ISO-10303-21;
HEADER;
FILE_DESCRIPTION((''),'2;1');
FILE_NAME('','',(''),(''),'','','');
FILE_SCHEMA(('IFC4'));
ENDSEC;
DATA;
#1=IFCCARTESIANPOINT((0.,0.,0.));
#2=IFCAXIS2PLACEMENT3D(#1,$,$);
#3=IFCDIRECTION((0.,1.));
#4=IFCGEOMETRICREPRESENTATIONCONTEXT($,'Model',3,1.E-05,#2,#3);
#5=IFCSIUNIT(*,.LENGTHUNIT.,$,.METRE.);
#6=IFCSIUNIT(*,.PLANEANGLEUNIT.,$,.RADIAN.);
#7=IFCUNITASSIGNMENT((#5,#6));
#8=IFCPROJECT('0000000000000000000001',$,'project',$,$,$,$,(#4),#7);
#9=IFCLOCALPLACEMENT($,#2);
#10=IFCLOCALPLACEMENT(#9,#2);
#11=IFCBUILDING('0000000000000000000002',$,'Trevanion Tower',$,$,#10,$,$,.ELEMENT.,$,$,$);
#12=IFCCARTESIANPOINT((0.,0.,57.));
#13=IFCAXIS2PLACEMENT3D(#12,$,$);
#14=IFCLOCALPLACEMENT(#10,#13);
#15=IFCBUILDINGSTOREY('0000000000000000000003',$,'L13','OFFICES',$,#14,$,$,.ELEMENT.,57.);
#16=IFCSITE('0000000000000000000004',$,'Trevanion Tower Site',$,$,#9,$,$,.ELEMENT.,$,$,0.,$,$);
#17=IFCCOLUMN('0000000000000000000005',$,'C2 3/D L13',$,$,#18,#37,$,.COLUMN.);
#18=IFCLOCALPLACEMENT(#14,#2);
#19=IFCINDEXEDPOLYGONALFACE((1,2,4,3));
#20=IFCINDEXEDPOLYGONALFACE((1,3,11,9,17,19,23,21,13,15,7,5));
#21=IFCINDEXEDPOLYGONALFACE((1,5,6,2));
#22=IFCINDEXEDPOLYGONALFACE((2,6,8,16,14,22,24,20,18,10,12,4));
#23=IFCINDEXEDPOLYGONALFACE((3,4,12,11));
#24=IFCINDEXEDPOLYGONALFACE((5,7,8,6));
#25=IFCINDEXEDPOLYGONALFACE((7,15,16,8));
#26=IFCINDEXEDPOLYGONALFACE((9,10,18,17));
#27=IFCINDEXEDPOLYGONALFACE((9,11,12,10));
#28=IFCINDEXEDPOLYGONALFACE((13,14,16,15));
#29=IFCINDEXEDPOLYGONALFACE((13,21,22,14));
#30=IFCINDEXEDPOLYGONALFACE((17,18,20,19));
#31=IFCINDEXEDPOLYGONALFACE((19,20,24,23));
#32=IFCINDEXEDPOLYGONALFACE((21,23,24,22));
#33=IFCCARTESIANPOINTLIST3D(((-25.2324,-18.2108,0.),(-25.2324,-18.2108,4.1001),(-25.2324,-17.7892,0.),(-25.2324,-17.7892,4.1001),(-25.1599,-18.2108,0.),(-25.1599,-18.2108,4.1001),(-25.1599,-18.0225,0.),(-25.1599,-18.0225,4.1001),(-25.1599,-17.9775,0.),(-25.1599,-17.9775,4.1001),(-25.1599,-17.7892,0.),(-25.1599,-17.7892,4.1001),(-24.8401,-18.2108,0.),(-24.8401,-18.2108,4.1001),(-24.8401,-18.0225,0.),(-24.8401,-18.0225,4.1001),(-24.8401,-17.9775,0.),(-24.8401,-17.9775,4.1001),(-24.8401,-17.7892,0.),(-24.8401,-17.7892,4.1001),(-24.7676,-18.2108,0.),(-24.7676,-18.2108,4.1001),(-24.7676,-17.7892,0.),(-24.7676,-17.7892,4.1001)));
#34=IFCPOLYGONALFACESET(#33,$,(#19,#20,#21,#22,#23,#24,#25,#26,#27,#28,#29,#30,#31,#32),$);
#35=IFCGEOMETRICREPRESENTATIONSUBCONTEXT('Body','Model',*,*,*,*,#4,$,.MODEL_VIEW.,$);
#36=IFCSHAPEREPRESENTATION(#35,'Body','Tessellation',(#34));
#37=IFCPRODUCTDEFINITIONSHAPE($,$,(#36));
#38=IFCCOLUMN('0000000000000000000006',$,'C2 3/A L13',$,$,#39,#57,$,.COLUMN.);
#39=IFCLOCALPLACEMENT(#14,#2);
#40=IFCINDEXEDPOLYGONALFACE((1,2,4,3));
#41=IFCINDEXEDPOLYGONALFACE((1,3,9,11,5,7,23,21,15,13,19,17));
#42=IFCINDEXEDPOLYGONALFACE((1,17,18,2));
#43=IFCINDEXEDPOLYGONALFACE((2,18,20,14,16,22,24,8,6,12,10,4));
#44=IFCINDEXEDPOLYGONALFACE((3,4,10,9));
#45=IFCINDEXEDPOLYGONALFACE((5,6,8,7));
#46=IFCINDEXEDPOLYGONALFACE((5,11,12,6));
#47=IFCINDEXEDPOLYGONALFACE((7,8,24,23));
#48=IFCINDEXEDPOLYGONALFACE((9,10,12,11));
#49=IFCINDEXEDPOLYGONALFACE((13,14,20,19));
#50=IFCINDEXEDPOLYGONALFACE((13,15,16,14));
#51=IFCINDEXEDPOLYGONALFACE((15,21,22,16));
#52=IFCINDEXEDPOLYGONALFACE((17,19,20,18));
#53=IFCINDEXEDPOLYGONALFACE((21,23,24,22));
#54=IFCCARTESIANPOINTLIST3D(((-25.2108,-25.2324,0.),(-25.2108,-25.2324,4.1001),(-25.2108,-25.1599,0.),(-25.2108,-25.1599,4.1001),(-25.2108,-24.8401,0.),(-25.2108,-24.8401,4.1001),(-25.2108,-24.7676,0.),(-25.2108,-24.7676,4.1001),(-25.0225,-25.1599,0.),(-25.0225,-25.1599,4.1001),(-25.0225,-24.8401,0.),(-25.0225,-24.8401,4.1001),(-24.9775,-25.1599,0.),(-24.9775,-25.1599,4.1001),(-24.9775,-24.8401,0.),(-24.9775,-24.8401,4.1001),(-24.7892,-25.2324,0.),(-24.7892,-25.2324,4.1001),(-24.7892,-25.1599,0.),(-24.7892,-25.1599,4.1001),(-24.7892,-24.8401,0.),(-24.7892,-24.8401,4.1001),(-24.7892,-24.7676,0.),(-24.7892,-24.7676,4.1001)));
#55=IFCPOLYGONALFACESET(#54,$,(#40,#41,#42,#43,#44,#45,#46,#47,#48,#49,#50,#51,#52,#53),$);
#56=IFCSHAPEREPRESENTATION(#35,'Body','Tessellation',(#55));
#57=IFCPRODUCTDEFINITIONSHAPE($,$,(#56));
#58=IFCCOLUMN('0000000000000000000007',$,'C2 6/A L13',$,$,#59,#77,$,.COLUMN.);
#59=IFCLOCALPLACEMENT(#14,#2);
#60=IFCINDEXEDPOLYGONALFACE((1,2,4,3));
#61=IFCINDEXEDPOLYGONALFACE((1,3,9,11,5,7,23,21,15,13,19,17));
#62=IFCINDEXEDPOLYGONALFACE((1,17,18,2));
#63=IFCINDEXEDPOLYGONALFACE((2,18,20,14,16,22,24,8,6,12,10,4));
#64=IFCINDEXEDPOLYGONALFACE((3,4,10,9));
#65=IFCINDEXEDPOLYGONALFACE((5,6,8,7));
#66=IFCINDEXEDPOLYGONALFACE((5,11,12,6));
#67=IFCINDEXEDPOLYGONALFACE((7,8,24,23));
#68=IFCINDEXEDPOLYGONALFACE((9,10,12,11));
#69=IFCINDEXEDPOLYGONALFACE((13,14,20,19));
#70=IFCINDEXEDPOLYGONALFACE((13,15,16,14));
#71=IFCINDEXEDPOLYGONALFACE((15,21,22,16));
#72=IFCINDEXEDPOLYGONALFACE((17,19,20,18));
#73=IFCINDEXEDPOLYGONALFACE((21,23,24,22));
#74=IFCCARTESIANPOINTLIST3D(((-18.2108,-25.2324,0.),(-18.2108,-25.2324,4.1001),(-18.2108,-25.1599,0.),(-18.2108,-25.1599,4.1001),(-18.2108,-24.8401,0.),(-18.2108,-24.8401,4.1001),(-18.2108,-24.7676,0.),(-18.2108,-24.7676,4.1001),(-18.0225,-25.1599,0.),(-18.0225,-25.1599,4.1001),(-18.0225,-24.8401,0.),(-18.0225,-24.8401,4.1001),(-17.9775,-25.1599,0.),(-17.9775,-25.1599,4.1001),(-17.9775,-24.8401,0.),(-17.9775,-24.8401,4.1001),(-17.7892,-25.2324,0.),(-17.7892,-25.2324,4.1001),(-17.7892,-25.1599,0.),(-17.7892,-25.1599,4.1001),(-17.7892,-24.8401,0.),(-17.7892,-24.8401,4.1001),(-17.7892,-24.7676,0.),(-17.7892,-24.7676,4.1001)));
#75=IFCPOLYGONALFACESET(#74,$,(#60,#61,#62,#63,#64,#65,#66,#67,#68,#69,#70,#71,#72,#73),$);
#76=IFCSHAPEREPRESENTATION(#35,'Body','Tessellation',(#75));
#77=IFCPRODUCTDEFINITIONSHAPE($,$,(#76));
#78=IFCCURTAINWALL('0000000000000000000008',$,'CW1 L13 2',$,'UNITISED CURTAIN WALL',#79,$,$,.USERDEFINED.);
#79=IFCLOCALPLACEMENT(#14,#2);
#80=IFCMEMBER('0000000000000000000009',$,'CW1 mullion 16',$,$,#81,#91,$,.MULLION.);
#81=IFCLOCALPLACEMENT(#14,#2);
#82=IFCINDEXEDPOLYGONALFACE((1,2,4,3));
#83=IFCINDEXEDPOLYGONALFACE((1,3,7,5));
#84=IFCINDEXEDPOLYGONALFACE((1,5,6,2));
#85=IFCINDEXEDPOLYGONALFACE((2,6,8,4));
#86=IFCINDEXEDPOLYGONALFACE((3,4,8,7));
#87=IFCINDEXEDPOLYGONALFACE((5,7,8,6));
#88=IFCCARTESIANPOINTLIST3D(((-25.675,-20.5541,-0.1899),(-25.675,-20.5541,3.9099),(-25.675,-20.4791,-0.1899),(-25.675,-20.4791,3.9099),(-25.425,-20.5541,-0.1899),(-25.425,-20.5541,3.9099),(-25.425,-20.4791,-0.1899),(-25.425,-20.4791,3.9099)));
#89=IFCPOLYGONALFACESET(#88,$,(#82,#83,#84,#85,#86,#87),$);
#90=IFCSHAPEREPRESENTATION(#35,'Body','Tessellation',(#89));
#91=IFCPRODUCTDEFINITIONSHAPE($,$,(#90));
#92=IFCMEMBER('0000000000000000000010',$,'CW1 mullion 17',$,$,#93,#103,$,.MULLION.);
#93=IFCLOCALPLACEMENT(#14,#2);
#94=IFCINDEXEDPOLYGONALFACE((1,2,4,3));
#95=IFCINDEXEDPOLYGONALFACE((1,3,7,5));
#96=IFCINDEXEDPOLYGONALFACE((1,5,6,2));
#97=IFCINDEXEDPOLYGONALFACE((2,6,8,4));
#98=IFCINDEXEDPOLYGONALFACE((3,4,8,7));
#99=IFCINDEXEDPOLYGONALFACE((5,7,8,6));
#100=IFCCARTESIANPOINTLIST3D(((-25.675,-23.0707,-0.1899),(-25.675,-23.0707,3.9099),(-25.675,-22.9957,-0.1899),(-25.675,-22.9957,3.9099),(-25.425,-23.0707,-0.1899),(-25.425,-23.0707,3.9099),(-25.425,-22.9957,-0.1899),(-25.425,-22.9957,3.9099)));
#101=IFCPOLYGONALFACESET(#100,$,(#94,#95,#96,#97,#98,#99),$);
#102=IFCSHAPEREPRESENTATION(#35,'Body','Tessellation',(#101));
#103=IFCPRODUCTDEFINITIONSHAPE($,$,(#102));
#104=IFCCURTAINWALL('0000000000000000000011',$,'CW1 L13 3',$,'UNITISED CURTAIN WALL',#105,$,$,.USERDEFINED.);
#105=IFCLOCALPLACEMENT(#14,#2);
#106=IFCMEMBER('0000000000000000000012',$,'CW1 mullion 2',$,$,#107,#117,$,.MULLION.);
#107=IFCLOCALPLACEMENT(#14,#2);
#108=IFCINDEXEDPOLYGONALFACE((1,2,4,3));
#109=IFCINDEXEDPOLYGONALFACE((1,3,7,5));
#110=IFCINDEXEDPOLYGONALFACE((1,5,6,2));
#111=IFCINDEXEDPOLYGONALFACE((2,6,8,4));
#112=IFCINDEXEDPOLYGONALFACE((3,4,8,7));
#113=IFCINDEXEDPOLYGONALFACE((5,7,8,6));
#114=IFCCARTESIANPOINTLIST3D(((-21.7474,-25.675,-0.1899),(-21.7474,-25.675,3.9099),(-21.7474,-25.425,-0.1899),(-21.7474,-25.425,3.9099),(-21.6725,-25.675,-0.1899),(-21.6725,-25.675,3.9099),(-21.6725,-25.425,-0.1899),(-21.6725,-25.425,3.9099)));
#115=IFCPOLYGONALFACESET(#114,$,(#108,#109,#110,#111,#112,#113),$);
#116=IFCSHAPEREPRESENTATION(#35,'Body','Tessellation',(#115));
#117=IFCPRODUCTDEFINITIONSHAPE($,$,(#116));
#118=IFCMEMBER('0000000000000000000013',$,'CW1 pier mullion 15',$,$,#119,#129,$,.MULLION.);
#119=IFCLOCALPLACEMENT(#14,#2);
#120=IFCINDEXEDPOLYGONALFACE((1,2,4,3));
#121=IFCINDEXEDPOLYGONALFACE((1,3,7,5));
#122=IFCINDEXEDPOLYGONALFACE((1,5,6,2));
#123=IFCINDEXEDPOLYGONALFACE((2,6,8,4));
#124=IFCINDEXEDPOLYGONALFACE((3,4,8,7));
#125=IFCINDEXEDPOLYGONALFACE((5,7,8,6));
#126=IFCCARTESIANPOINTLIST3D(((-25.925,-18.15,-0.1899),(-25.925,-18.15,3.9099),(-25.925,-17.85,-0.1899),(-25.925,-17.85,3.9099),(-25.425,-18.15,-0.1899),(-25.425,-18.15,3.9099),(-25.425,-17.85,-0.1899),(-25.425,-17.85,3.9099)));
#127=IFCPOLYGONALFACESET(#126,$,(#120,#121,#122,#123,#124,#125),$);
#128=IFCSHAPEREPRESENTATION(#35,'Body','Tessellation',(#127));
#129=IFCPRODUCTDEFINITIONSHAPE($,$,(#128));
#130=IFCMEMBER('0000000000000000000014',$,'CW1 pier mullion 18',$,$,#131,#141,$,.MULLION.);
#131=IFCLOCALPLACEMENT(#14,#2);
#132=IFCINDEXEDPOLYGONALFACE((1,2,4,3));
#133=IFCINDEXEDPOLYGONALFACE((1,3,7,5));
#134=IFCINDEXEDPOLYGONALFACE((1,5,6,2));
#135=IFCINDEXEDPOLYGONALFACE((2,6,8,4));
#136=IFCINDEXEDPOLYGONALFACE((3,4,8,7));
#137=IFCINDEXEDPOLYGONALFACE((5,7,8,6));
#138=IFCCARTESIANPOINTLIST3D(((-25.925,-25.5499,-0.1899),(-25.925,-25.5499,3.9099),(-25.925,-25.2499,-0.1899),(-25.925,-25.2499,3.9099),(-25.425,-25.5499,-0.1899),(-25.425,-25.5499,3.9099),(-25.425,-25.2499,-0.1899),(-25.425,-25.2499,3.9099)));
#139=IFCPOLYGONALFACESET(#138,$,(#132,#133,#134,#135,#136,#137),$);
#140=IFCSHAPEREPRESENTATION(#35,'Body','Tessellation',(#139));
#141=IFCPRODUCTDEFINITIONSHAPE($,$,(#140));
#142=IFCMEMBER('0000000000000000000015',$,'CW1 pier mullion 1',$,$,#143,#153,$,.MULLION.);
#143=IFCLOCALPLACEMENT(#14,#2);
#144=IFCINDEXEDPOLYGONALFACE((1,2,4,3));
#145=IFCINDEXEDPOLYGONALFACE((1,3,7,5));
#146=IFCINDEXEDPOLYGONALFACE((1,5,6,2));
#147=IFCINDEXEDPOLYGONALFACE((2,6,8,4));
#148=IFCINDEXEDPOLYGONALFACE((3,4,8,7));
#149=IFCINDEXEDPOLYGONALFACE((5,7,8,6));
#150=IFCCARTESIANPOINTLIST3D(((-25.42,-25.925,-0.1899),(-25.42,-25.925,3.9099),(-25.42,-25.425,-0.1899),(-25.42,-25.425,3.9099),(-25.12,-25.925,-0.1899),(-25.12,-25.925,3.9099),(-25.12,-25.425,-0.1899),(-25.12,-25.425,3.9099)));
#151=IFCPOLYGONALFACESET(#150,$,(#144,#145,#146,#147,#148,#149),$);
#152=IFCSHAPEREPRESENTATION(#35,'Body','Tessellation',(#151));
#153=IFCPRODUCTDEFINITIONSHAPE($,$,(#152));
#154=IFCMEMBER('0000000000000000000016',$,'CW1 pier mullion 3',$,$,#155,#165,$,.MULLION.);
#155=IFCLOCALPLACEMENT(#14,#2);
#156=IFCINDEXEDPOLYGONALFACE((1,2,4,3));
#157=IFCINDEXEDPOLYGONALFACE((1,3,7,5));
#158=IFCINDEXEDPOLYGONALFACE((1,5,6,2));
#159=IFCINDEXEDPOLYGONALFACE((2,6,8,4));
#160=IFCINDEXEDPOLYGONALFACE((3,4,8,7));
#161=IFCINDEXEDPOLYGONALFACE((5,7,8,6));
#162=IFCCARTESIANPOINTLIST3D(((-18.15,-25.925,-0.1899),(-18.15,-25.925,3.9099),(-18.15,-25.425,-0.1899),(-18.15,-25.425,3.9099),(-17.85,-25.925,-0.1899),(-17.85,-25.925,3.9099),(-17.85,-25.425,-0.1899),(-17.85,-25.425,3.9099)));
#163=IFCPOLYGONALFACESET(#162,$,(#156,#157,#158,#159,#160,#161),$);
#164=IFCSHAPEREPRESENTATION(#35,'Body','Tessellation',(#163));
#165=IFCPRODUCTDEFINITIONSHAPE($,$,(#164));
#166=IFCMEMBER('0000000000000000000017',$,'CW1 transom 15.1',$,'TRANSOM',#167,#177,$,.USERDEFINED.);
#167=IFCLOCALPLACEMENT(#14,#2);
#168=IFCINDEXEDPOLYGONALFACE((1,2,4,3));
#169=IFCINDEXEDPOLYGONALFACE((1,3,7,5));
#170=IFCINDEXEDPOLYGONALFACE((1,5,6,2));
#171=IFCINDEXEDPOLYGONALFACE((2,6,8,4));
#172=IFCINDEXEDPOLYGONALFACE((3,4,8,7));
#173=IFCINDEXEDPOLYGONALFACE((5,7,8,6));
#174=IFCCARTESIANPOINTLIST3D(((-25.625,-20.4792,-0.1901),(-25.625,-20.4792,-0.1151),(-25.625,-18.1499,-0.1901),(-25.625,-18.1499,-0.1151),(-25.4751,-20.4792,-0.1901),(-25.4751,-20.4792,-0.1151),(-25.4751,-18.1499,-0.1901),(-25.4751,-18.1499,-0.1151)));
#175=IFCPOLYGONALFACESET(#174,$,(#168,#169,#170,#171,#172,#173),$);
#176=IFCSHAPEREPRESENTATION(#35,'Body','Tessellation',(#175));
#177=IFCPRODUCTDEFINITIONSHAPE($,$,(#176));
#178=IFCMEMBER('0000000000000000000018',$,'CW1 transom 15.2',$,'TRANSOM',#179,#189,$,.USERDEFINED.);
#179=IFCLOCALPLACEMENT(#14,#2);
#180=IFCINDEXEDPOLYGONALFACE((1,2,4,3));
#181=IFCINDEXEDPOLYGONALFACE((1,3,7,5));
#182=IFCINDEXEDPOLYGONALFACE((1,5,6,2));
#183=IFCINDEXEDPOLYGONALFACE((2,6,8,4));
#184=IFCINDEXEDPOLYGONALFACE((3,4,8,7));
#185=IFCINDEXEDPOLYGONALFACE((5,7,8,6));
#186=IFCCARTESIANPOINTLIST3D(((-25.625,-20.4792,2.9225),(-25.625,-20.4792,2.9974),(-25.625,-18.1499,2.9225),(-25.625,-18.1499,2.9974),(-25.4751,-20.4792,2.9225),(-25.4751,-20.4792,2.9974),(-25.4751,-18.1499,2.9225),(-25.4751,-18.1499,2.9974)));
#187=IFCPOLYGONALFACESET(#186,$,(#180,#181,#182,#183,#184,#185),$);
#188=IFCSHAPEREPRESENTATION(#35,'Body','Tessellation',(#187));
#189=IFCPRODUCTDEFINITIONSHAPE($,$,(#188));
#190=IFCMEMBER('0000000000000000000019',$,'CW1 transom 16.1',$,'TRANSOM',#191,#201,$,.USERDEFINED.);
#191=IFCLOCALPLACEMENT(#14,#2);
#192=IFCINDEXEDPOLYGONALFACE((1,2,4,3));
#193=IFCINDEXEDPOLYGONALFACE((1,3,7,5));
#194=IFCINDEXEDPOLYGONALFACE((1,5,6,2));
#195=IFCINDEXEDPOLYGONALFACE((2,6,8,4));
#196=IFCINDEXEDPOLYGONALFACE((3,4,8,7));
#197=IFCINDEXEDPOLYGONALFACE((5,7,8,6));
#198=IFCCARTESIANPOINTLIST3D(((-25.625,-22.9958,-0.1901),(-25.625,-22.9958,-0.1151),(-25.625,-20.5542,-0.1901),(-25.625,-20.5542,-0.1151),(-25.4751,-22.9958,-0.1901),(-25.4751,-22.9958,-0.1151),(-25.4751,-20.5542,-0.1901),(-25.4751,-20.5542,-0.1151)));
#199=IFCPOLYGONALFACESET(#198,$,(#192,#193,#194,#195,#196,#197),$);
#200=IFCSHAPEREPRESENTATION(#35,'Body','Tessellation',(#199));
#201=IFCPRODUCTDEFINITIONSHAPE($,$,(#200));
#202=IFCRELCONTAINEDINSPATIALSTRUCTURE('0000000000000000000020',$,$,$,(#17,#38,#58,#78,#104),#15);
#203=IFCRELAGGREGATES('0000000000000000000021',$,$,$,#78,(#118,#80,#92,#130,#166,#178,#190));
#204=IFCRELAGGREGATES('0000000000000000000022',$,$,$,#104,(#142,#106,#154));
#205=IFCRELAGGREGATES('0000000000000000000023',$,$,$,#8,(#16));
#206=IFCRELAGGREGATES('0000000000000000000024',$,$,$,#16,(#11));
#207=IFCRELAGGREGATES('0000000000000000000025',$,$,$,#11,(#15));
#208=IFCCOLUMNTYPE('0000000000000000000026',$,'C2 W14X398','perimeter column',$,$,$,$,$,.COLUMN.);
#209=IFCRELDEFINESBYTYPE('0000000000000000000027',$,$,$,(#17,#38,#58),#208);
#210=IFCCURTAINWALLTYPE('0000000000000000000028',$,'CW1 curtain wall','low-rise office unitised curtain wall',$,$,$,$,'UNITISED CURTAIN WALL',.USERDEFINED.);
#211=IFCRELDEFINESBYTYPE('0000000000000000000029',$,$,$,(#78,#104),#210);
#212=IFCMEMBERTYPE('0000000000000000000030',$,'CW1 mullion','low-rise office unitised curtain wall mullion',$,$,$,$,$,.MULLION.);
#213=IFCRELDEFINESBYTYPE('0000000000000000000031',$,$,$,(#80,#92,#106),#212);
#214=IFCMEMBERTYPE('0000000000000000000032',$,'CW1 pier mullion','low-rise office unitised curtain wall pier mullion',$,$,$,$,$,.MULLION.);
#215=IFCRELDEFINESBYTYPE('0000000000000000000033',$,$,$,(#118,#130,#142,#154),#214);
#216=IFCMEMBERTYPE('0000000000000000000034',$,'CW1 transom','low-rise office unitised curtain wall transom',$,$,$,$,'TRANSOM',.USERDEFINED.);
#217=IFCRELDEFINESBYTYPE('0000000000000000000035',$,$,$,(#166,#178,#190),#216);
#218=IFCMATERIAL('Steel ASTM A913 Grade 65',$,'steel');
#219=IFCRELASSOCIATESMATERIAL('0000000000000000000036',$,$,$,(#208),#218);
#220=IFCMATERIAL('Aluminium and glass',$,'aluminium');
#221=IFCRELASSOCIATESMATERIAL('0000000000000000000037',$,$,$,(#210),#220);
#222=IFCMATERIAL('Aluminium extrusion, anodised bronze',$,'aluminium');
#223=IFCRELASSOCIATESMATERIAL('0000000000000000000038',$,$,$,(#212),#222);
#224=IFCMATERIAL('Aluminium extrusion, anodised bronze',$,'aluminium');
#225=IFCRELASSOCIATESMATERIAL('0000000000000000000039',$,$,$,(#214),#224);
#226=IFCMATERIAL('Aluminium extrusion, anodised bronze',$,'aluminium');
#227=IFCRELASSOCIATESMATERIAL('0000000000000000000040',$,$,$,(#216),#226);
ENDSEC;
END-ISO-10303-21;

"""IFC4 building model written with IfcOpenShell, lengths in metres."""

from ifc_helpers import new_model, si_unit, direction, frame, origin, origin_2d, place, context, subcontext, project, spatial, rectangle, i_section, extrude, material, material_profile, profile_set, type_object, element, aggregate, save


model = new_model("IFC4")

# Units and contexts
model_context = context("Model", 3, precision=1e-05, world=origin(), true_north=direction((0.0, 1.0)))
body_context = subcontext(model_context, "Body", "Model", "MODEL_VIEW")
ifc_project = project(units=[si_unit("LENGTHUNIT", "METRE"), si_unit("PLANEANGLEUNIT", "RADIAN")], contexts=[model_context])

# Site, building, storey
site_placement = place(None, origin())
site = spatial("IfcSite", under=ifc_project, at=site_placement, Name="Trevanion Tower Site", CompositionType="ELEMENT", RefElevation=0.0)
building_placement = place(site_placement, origin())
building = spatial("IfcBuilding", under=site, at=building_placement, Name="Trevanion Tower", CompositionType="ELEMENT")
storey_placement = place(building_placement, frame((0.0, 0.0, 57.0)))
storey = spatial("IfcBuildingStorey", under=building, at=storey_placement, Name="L13", Description="OFFICES", CompositionType="ELEMENT", Elevation=57.0)

# Columns
ifc_material_1 = material(Name="Steel ASTM A913 Grade 65", Category="steel")
ifc_material_profile_1 = material_profile(ifc_material_1, i_section(OverallWidth=0.4216, OverallDepth=0.4648, WebThickness=0.0449, FlangeThickness=0.0725, at=origin_2d()), Name="W14X398")
ifc_profile_set_1 = profile_set([ifc_material_profile_1], Name="Steel ASTM A913 Grade 65")
column_type = type_object("IfcColumnType", Name="C2 W14X398", Description="perimeter column", PredefinedType="COLUMN", material=ifc_profile_set_1)
for number, where, z_axis, x_axis, name in (
    (1, (-25.0, -18.0, 0.0), (0.0, 0.0, 1.0), (0.0, 1.0, 0.0), "C2 3/D L13"),
    (2, (-25.0, -25.0, 0.0), (0.0, 0.0, 1.0), (1.0, 0.0, 0.0), "C2 3/A L13"),
    (3, (-18.0, -25.0, 0.0), (0.0, 0.0, 1.0), (1.0, 0.0, 0.0), "C2 6/A L13"),
):
    element("IfcColumn", number, at=place(storey_placement, frame(where, z_axis=z_axis, x_axis=x_axis)), inside=storey, type_object=column_type, Name=name, PredefinedType="COLUMN", context=body_context, shape_type="SweptSolid", body=[
        extrude(i_section(OverallWidth=0.4216, OverallDepth=0.4648, WebThickness=0.0449, FlangeThickness=0.0725, at=origin_2d()), origin(), (0.0, 0.0, 1.0), 4.1001),
    ])

# Curtain wall, members
ifc_material_2 = material(Name="Aluminium and glass", Category="aluminium")
curtain_wall_type = type_object("IfcCurtainWallType", Name="CW1 curtain wall", Description="low-rise office unitised curtain wall", ElementType="UNITISED CURTAIN WALL", PredefinedType="USERDEFINED", material=ifc_material_2)
curtain_wall_1_placement = place(storey_placement, origin())
curtain_wall_1 = element("IfcCurtainWall", 4, at=curtain_wall_1_placement, inside=storey, type_object=curtain_wall_type, Name="CW1 L13 2", ObjectType="UNITISED CURTAIN WALL", PredefinedType="USERDEFINED")
ifc_material_3 = material(Name="Aluminium extrusion, anodised bronze", Category="aluminium")
ifc_material_profile_2 = material_profile(ifc_material_3, rectangle(XDim=0.075, YDim=0.25, at=origin_2d()), Name="CW1 mullion")
ifc_profile_set_2 = profile_set([ifc_material_profile_2], Name="Aluminium extrusion, anodised bronze")
member_type_1 = type_object("IfcMemberType", Name="CW1 mullion", Description="low-rise office unitised curtain wall mullion", PredefinedType="MULLION", material=ifc_profile_set_2)
member_1_placement = place(storey_placement, frame((-25.55, -20.5166, -0.1899), z_axis=(0.0, 0.0, 1.0), x_axis=(0.0, -1.0, 0.0)))
member_1 = element("IfcMember", 5, at=member_1_placement, type_object=member_type_1, Name="CW1 mullion 16", PredefinedType="MULLION", context=body_context, shape_type="SweptSolid", body=[
    extrude(rectangle(XDim=0.075, YDim=0.25, at=origin_2d()), origin(), (0.0, 0.0, 1.0), 4.0999),
])
member_2_placement = place(storey_placement, frame((-25.55, -23.0332, -0.1899), z_axis=(0.0, 0.0, 1.0), x_axis=(0.0, -1.0, 0.0)))
member_2 = element("IfcMember", 6, at=member_2_placement, type_object=member_type_1, Name="CW1 mullion 17", PredefinedType="MULLION", context=body_context, shape_type="SweptSolid", body=[
    extrude(rectangle(XDim=0.075, YDim=0.25, at=origin_2d()), origin(), (0.0, 0.0, 1.0), 4.0999),
])

# Curtain wall, member
curtain_wall_2_placement = place(storey_placement, origin())
curtain_wall_2 = element("IfcCurtainWall", 7, at=curtain_wall_2_placement, inside=storey, type_object=curtain_wall_type, Name="CW1 L13 3", ObjectType="UNITISED CURTAIN WALL", PredefinedType="USERDEFINED")
member_3_placement = place(storey_placement, frame((-21.71, -25.55, -0.1899), z_axis=(0.0, 0.0, 1.0), x_axis=(1.0, 0.0, 0.0)))
member_3 = element("IfcMember", 8, at=member_3_placement, type_object=member_type_1, Name="CW1 mullion 2", PredefinedType="MULLION", context=body_context, shape_type="SweptSolid", body=[
    extrude(rectangle(XDim=0.075, YDim=0.25, at=origin_2d()), origin(), (0.0, 0.0, 1.0), 4.0999),
])

# Members
ifc_material_4 = material(Name="Aluminium extrusion, anodised bronze", Category="aluminium")
ifc_material_profile_3 = material_profile(ifc_material_4, rectangle(XDim=0.3, YDim=0.5, at=origin_2d()), Name="CW1 pier mullion")
ifc_profile_set_3 = profile_set([ifc_material_profile_3], Name="Aluminium extrusion, anodised bronze")
member_type_2 = type_object("IfcMemberType", Name="CW1 pier mullion", Description="low-rise office unitised curtain wall pier mullion", PredefinedType="MULLION", material=ifc_profile_set_3)
member_4_placement = place(storey_placement, frame((-25.675, -18.0, -0.1899), z_axis=(0.0, 0.0, 1.0), x_axis=(0.0, -1.0, 0.0)))
member_4 = element("IfcMember", 9, at=member_4_placement, type_object=member_type_2, Name="CW1 pier mullion 15", PredefinedType="MULLION", context=body_context, shape_type="SweptSolid", body=[
    extrude(rectangle(XDim=0.3, YDim=0.5, at=origin_2d()), origin(), (0.0, 0.0, 1.0), 4.0999),
])
member_5_placement = place(storey_placement, frame((-25.675, -25.3999, -0.1899), z_axis=(0.0, 0.0, 1.0), x_axis=(0.0, -1.0, 0.0)))
member_5 = element("IfcMember", 10, at=member_5_placement, type_object=member_type_2, Name="CW1 pier mullion 18", PredefinedType="MULLION", context=body_context, shape_type="SweptSolid", body=[
    extrude(rectangle(XDim=0.3, YDim=0.5, at=origin_2d()), origin(), (0.0, 0.0, 1.0), 4.0999),
])
member_6_placement = place(storey_placement, frame((-25.27, -25.675, -0.1899), z_axis=(0.0, 0.0, 1.0), x_axis=(1.0, 0.0, 0.0)))
member_6 = element("IfcMember", 11, at=member_6_placement, type_object=member_type_2, Name="CW1 pier mullion 1", PredefinedType="MULLION", context=body_context, shape_type="SweptSolid", body=[
    extrude(rectangle(XDim=0.3, YDim=0.5, at=origin_2d()), origin(), (0.0, 0.0, 1.0), 4.0999),
])
member_7_placement = place(storey_placement, frame((-18.0, -25.675, -0.1899), z_axis=(0.0, 0.0, 1.0), x_axis=(1.0, 0.0, 0.0)))
member_7 = element("IfcMember", 12, at=member_7_placement, type_object=member_type_2, Name="CW1 pier mullion 3", PredefinedType="MULLION", context=body_context, shape_type="SweptSolid", body=[
    extrude(rectangle(XDim=0.3, YDim=0.5, at=origin_2d()), origin(), (0.0, 0.0, 1.0), 4.0999),
])
ifc_material_5 = material(Name="Aluminium extrusion, anodised bronze", Category="aluminium")
ifc_material_profile_4 = material_profile(ifc_material_5, rectangle(XDim=0.1499, YDim=0.075, at=origin_2d()), Name="CW1 transom")
ifc_profile_set_4 = profile_set([ifc_material_profile_4], Name="Aluminium extrusion, anodised bronze")
member_type_3 = type_object("IfcMemberType", Name="CW1 transom", Description="low-rise office unitised curtain wall transom", ElementType="TRANSOM", PredefinedType="USERDEFINED", material=ifc_profile_set_4)
member_8_placement = place(storey_placement, frame((-25.55, -18.1499, -0.1526), z_axis=(0.0, -1.0, 0.0), x_axis=(1.0, 0.0, 0.0)))
member_8 = element("IfcMember", 13, at=member_8_placement, type_object=member_type_3, Name="CW1 transom 15.1", ObjectType="TRANSOM", PredefinedType="USERDEFINED", context=body_context, shape_type="SweptSolid", body=[
    extrude(rectangle(XDim=0.1499, YDim=0.075, at=origin_2d()), origin(), (0.0, 0.0, 1.0), 2.3293),
])
member_9_placement = place(storey_placement, frame((-25.55, -18.1499, 2.96), z_axis=(0.0, -1.0, 0.0), x_axis=(1.0, 0.0, 0.0)))
member_9 = element("IfcMember", 14, at=member_9_placement, type_object=member_type_3, Name="CW1 transom 15.2", ObjectType="TRANSOM", PredefinedType="USERDEFINED", context=body_context, shape_type="SweptSolid", body=[
    extrude(rectangle(XDim=0.1499, YDim=0.075, at=origin_2d()), origin(), (0.0, 0.0, 1.0), 2.3293),
])
member_10_placement = place(storey_placement, frame((-25.55, -20.5542, -0.1526), z_axis=(0.0, -1.0, 0.0), x_axis=(1.0, 0.0, 0.0)))
member_10 = element("IfcMember", 15, at=member_10_placement, type_object=member_type_3, Name="CW1 transom 16.1", ObjectType="TRANSOM", PredefinedType="USERDEFINED", context=body_context, shape_type="SweptSolid", body=[
    extrude(rectangle(XDim=0.1499, YDim=0.075, at=origin_2d()), origin(), (0.0, 0.0, 1.0), 2.4417),
])

aggregate(curtain_wall_1, [member_4, member_1, member_2, member_5, member_8, member_9, member_10])
aggregate(curtain_wall_2, [member_6, member_3, member_7])

save(model, "model.ifc")
